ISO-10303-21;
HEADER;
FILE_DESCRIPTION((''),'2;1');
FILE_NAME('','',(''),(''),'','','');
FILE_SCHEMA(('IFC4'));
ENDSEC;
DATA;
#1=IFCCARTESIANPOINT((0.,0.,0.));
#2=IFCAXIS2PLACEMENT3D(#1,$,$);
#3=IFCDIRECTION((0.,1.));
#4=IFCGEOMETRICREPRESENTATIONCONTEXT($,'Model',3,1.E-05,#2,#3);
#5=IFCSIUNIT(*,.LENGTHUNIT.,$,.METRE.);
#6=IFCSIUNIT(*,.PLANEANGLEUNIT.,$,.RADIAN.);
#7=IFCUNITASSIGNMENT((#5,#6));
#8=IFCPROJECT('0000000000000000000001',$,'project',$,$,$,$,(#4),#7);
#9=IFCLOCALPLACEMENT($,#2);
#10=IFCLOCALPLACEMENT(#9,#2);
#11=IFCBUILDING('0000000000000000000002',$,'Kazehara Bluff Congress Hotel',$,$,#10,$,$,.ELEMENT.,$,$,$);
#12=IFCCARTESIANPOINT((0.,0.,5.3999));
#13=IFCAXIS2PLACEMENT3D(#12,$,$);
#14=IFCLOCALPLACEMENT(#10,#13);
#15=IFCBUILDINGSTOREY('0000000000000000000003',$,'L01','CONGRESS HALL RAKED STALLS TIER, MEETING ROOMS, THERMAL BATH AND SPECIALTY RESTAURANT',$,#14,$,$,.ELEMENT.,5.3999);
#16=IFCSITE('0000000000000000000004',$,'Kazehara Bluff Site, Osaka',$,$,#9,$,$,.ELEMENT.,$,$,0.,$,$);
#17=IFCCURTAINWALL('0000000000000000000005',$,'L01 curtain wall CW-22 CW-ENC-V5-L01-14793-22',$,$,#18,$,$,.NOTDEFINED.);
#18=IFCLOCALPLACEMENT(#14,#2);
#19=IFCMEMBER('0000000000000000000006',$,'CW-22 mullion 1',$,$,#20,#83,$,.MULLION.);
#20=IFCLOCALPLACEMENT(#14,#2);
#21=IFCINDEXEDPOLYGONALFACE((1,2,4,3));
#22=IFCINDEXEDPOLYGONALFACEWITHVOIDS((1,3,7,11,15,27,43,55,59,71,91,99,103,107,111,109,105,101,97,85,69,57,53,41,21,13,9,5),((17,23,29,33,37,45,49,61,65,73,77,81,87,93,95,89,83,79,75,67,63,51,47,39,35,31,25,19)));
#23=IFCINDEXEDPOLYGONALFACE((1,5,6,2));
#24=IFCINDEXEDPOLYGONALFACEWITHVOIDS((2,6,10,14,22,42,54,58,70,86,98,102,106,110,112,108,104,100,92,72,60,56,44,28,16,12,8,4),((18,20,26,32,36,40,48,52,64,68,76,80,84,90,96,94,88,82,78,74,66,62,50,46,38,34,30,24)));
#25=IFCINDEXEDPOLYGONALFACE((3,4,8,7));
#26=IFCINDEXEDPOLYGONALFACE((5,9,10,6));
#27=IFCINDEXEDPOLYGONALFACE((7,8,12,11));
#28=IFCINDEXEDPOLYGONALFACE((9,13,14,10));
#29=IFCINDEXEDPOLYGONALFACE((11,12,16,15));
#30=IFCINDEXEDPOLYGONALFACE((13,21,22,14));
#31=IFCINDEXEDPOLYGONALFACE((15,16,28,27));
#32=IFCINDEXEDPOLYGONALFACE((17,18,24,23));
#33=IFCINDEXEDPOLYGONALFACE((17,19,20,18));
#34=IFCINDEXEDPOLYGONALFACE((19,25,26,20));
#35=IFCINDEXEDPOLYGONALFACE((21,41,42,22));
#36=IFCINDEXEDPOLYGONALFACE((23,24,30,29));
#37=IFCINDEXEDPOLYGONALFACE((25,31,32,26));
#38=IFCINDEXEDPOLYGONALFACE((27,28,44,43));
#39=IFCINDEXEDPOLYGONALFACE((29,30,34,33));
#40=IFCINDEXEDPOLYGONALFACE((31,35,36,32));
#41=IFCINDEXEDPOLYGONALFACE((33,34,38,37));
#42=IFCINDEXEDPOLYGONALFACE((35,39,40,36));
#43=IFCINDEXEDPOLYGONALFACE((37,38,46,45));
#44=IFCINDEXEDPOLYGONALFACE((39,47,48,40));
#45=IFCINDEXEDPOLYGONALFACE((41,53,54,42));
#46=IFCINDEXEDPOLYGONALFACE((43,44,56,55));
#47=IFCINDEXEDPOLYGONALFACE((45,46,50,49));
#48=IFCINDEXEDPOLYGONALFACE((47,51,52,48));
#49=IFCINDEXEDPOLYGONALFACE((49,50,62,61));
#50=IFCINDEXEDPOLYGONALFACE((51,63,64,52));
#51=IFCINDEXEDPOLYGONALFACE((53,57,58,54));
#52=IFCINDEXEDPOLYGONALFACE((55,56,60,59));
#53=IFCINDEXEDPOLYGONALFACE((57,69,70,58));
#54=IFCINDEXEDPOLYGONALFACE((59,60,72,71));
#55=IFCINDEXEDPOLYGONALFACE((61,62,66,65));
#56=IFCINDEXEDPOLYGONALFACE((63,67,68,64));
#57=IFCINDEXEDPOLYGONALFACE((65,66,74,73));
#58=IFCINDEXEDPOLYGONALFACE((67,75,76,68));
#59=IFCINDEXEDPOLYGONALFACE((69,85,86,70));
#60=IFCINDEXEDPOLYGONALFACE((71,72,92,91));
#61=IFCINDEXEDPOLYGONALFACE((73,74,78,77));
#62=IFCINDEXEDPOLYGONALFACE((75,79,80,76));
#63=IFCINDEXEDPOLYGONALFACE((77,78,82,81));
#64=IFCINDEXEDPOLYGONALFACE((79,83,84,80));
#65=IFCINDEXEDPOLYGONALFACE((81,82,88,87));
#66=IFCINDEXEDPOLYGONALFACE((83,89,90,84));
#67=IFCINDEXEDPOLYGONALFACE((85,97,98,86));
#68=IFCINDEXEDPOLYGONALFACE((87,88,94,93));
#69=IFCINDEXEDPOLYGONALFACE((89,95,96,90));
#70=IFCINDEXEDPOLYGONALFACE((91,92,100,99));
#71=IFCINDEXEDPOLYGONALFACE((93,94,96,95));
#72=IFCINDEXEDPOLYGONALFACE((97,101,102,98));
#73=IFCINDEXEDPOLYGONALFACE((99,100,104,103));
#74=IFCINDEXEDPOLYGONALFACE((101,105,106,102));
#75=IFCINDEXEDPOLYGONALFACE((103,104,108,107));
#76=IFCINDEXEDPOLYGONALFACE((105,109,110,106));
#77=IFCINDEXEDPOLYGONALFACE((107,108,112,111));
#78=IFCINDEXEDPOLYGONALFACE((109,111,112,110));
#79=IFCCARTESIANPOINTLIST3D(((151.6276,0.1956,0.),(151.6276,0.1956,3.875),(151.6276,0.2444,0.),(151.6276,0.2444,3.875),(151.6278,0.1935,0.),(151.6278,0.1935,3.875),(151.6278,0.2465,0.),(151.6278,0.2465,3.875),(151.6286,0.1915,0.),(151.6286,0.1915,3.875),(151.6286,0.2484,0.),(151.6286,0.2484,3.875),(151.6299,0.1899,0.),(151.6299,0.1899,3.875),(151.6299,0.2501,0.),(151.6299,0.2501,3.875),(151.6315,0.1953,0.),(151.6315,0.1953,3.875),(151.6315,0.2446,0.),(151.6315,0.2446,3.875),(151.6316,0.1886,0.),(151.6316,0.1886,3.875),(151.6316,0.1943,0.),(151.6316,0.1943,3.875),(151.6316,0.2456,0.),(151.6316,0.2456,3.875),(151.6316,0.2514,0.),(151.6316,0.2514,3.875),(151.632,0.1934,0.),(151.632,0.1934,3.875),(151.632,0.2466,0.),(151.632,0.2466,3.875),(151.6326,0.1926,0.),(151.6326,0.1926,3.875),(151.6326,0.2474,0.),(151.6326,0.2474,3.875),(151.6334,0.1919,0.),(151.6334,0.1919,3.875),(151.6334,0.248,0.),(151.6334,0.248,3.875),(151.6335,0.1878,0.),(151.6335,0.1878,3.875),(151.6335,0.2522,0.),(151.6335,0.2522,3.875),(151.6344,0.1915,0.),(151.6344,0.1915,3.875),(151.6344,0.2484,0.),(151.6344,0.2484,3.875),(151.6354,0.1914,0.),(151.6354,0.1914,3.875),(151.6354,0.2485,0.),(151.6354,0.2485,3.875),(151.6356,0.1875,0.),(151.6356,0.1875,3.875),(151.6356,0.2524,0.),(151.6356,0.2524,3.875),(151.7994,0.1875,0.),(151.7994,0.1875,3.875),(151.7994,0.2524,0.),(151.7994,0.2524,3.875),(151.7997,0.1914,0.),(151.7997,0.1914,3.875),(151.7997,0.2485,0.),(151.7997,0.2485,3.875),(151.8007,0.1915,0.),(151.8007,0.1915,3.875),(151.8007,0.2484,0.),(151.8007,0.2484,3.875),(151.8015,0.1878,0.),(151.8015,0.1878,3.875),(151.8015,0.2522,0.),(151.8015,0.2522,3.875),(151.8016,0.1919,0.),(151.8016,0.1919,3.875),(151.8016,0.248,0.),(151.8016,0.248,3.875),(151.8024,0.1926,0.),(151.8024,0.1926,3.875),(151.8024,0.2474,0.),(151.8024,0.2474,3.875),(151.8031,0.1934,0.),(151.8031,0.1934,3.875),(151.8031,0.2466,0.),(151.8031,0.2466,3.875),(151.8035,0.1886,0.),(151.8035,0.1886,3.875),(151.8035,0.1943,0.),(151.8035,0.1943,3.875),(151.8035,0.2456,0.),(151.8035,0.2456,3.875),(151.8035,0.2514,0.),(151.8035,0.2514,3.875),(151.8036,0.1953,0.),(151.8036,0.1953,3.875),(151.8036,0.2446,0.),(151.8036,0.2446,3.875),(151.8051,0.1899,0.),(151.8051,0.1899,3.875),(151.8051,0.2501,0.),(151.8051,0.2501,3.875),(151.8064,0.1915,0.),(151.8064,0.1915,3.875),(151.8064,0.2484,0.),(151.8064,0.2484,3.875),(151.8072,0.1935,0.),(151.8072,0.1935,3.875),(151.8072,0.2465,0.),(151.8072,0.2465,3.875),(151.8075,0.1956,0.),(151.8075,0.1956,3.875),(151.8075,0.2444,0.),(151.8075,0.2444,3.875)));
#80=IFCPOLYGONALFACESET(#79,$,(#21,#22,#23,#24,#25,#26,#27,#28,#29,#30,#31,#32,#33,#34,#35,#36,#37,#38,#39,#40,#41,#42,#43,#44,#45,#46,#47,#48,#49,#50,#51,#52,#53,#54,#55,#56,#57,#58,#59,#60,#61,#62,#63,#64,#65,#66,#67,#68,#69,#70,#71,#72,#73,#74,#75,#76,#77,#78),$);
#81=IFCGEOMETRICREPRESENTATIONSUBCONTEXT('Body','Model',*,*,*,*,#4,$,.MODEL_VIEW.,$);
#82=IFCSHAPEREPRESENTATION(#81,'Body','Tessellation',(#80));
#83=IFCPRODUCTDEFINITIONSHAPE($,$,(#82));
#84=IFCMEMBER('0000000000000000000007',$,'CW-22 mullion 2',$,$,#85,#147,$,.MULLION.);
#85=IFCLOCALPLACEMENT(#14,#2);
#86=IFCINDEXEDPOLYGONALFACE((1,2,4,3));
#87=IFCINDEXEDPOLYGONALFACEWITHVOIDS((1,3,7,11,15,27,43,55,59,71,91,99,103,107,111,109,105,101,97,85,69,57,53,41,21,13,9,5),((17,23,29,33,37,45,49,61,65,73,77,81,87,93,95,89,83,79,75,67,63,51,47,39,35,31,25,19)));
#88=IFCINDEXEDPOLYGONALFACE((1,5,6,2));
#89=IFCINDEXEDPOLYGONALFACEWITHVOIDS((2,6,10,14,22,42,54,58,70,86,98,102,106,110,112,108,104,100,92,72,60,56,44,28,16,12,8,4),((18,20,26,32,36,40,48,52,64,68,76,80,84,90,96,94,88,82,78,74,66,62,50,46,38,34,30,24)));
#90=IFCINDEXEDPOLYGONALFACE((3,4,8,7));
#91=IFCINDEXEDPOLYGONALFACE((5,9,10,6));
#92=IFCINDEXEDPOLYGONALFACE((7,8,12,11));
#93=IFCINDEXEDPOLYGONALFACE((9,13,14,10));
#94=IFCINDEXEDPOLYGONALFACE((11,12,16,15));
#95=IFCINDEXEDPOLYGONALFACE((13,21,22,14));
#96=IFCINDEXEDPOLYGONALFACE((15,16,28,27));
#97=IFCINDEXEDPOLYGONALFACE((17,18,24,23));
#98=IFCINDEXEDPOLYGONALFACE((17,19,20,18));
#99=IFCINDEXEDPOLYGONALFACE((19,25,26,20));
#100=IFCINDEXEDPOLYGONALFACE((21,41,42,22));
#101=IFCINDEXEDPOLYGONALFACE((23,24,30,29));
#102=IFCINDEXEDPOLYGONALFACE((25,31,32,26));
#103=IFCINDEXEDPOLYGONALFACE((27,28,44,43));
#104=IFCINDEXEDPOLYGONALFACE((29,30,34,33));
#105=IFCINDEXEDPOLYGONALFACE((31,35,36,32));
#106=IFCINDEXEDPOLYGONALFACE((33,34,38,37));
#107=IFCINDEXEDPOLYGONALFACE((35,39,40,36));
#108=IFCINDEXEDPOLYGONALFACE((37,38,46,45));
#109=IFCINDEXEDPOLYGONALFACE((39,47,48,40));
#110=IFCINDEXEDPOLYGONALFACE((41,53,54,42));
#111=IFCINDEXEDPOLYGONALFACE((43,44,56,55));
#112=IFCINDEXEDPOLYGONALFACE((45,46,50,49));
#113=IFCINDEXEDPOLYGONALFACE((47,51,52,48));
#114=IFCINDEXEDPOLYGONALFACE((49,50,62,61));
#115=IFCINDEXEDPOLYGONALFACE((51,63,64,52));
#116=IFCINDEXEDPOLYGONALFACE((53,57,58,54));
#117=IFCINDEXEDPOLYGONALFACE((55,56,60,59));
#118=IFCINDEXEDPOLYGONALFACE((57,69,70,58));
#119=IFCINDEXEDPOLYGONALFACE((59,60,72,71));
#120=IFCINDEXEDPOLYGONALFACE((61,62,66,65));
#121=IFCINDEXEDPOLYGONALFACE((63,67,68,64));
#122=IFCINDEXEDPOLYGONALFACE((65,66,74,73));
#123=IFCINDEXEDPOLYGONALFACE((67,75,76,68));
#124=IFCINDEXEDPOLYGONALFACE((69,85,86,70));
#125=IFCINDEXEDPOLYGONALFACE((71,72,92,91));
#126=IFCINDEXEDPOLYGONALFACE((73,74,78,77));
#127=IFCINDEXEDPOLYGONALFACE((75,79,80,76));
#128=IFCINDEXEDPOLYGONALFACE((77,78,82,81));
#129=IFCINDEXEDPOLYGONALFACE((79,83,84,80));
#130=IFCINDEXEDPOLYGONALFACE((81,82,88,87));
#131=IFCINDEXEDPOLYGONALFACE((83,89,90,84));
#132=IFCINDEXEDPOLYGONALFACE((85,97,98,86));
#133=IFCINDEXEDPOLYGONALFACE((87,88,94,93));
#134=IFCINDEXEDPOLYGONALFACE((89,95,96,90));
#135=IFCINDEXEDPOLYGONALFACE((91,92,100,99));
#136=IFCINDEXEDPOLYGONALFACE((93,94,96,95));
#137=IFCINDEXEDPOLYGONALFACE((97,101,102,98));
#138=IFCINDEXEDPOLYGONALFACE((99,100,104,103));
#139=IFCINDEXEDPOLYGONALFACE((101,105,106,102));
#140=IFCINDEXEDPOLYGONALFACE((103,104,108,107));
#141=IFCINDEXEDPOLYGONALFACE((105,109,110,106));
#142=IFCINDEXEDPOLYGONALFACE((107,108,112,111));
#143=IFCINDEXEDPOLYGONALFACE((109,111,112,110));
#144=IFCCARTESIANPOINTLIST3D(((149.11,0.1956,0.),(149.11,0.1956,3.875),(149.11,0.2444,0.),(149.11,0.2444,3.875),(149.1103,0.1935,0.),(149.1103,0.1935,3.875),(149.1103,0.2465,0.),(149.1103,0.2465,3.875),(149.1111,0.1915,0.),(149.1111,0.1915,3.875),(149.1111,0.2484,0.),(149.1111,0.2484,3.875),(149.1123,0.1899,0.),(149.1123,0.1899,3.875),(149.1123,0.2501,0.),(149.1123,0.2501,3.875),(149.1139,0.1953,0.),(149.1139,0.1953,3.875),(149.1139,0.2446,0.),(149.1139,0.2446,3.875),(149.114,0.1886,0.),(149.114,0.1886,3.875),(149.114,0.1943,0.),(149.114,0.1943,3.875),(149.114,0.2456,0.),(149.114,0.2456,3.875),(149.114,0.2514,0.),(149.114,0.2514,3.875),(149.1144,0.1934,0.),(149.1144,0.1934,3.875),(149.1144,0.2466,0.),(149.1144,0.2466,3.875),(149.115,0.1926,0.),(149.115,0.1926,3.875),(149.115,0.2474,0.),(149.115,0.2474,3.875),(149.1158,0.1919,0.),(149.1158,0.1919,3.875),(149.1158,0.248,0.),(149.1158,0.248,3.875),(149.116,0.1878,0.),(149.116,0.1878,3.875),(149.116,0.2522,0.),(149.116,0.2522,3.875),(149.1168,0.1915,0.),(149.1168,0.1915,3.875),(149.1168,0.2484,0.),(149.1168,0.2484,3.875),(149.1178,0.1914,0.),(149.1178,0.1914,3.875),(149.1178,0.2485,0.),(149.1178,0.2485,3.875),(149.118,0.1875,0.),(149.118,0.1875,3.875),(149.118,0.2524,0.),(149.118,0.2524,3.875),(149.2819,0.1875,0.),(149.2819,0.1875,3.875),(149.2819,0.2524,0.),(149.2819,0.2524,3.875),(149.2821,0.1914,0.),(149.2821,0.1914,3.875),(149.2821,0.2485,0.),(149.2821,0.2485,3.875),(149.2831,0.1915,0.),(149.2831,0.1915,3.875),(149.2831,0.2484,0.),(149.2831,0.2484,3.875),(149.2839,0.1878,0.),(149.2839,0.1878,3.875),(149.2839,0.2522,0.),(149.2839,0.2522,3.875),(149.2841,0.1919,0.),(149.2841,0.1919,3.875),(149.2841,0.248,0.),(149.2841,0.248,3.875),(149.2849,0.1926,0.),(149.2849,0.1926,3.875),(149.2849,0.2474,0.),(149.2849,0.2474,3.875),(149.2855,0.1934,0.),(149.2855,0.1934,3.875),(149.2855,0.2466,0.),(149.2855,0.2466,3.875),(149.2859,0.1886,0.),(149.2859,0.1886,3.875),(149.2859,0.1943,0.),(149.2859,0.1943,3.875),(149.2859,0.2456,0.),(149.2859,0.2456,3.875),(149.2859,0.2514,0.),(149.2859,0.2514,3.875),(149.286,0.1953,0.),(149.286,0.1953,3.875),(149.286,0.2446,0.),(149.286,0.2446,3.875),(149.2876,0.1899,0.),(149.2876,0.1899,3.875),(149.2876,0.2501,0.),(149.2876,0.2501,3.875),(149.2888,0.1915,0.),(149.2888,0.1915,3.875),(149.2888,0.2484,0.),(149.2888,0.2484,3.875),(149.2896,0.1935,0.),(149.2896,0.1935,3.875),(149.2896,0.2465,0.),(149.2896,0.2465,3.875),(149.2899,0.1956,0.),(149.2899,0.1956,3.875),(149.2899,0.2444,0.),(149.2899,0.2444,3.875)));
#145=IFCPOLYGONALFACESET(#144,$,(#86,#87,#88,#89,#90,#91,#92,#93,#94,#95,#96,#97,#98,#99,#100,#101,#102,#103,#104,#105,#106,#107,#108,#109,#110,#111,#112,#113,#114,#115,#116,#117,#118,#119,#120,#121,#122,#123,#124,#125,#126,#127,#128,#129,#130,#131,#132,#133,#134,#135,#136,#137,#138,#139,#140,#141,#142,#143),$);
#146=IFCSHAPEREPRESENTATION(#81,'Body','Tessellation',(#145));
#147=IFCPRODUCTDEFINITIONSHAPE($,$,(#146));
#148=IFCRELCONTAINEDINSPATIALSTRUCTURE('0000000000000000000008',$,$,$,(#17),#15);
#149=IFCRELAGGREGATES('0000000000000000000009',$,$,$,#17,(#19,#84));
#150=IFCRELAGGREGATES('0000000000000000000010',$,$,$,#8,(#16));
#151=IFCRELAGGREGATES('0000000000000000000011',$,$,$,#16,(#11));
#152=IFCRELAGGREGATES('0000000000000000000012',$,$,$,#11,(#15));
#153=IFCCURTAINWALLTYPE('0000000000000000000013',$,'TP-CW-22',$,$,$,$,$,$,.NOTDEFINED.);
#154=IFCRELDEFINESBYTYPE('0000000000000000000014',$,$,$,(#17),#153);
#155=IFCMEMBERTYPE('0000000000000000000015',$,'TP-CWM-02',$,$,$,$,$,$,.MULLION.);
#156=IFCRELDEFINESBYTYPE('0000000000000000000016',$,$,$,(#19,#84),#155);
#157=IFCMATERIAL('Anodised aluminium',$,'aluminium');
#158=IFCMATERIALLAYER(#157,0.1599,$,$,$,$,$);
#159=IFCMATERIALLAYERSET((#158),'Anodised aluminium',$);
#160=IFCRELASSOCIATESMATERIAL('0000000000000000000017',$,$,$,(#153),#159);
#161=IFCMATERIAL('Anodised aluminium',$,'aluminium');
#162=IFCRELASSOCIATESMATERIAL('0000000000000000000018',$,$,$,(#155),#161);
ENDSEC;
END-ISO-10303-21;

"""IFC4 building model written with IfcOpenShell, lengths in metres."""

from ifc_helpers import new_model, si_unit, direction, frame, origin, origin_2d, place, context, subcontext, project, spatial, hollow_rectangle, extrude, material, layer, layer_set, material_profile, profile_set, type_object, element, aggregate, save


model = new_model("IFC4")

# Units and contexts
model_context = context("Model", 3, precision=1e-05, world=origin(), true_north=direction((0.0, 1.0)))
body_context = subcontext(model_context, "Body", "Model", "MODEL_VIEW")
ifc_project = project(units=[si_unit("LENGTHUNIT", "METRE"), si_unit("PLANEANGLEUNIT", "RADIAN")], contexts=[model_context])

# Site, building, storey
site_placement = place(None, origin())
site = spatial("IfcSite", under=ifc_project, at=site_placement, Name="Kazehara Bluff Site, Osaka", CompositionType="ELEMENT", RefElevation=0.0)
building_placement = place(site_placement, origin())
building = spatial("IfcBuilding", under=site, at=building_placement, Name="Kazehara Bluff Congress Hotel", CompositionType="ELEMENT")
storey_placement = place(building_placement, frame((0.0, 0.0, 5.3999)))
storey = spatial("IfcBuildingStorey", under=building, at=storey_placement, Name="L01", Description="CONGRESS HALL RAKED STALLS TIER, MEETING ROOMS, THERMAL BATH AND SPECIALTY RESTAURANT", CompositionType="ELEMENT", Elevation=5.3999)

# Curtain wall, members
ifc_material_1 = material(Name="Anodised aluminium", Category="aluminium")
ifc_layer_1 = layer(ifc_material_1, 0.1599)
ifc_layer_set_1 = layer_set([ifc_layer_1], Name="Anodised aluminium")
curtain_wall_type = type_object("IfcCurtainWallType", Name="TP-CW-22", PredefinedType="NOTDEFINED", material=ifc_layer_set_1)
curtain_wall_1_placement = place(storey_placement, origin())
curtain_wall_1 = element("IfcCurtainWall", 1, at=curtain_wall_1_placement, inside=storey, type_object=curtain_wall_type, Name="L01 curtain wall CW-22 CW-ENC-V5-L01-14793-22", PredefinedType="NOTDEFINED")
ifc_material_2 = material(Name="Anodised aluminium", Category="aluminium")
ifc_material_profile_1 = material_profile(ifc_material_2, hollow_rectangle(XDim=0.0649, YDim=0.1799, WallThickness=0.0039, InnerFilletRadius=0.0039, OuterFilletRadius=0.0081, at=origin_2d()))
ifc_profile_set_1 = profile_set([ifc_material_profile_1], Name="Anodised aluminium")
member_type_1 = type_object("IfcMemberType", Name="TP-CWM-02", PredefinedType="MULLION", material=ifc_profile_set_1)
member_1_placement = place(storey_placement, frame((151.7175, 0.22, 0.0), z_axis=(0.0, 0.0, 1.0), x_axis=(0.0, -1.0, 0.0)))
member_1 = element("IfcMember", 2, at=member_1_placement, type_object=member_type_1, Name="CW-22 mullion 1", PredefinedType="MULLION", context=body_context, shape_type="SweptSolid", body=[
    extrude(hollow_rectangle(XDim=0.0649, YDim=0.1799, WallThickness=0.0039, InnerFilletRadius=0.0039, OuterFilletRadius=0.0081, at=origin_2d()), origin(), (0.0, 0.0, 1.0), 3.875),
])
member_2_placement = place(storey_placement, frame((149.2, 0.22, 0.0), z_axis=(0.0, 0.0, 1.0), x_axis=(0.0, -1.0, 0.0)))
member_2 = element("IfcMember", 3, at=member_2_placement, type_object=member_type_1, Name="CW-22 mullion 2", PredefinedType="MULLION", context=body_context, shape_type="SweptSolid", body=[
    extrude(hollow_rectangle(XDim=0.0649, YDim=0.1799, WallThickness=0.0039, InnerFilletRadius=0.0039, OuterFilletRadius=0.0081, at=origin_2d()), origin(), (0.0, 0.0, 1.0), 3.875),
])

aggregate(curtain_wall_1, [member_1, member_2])

save(model, "model.ifc")
